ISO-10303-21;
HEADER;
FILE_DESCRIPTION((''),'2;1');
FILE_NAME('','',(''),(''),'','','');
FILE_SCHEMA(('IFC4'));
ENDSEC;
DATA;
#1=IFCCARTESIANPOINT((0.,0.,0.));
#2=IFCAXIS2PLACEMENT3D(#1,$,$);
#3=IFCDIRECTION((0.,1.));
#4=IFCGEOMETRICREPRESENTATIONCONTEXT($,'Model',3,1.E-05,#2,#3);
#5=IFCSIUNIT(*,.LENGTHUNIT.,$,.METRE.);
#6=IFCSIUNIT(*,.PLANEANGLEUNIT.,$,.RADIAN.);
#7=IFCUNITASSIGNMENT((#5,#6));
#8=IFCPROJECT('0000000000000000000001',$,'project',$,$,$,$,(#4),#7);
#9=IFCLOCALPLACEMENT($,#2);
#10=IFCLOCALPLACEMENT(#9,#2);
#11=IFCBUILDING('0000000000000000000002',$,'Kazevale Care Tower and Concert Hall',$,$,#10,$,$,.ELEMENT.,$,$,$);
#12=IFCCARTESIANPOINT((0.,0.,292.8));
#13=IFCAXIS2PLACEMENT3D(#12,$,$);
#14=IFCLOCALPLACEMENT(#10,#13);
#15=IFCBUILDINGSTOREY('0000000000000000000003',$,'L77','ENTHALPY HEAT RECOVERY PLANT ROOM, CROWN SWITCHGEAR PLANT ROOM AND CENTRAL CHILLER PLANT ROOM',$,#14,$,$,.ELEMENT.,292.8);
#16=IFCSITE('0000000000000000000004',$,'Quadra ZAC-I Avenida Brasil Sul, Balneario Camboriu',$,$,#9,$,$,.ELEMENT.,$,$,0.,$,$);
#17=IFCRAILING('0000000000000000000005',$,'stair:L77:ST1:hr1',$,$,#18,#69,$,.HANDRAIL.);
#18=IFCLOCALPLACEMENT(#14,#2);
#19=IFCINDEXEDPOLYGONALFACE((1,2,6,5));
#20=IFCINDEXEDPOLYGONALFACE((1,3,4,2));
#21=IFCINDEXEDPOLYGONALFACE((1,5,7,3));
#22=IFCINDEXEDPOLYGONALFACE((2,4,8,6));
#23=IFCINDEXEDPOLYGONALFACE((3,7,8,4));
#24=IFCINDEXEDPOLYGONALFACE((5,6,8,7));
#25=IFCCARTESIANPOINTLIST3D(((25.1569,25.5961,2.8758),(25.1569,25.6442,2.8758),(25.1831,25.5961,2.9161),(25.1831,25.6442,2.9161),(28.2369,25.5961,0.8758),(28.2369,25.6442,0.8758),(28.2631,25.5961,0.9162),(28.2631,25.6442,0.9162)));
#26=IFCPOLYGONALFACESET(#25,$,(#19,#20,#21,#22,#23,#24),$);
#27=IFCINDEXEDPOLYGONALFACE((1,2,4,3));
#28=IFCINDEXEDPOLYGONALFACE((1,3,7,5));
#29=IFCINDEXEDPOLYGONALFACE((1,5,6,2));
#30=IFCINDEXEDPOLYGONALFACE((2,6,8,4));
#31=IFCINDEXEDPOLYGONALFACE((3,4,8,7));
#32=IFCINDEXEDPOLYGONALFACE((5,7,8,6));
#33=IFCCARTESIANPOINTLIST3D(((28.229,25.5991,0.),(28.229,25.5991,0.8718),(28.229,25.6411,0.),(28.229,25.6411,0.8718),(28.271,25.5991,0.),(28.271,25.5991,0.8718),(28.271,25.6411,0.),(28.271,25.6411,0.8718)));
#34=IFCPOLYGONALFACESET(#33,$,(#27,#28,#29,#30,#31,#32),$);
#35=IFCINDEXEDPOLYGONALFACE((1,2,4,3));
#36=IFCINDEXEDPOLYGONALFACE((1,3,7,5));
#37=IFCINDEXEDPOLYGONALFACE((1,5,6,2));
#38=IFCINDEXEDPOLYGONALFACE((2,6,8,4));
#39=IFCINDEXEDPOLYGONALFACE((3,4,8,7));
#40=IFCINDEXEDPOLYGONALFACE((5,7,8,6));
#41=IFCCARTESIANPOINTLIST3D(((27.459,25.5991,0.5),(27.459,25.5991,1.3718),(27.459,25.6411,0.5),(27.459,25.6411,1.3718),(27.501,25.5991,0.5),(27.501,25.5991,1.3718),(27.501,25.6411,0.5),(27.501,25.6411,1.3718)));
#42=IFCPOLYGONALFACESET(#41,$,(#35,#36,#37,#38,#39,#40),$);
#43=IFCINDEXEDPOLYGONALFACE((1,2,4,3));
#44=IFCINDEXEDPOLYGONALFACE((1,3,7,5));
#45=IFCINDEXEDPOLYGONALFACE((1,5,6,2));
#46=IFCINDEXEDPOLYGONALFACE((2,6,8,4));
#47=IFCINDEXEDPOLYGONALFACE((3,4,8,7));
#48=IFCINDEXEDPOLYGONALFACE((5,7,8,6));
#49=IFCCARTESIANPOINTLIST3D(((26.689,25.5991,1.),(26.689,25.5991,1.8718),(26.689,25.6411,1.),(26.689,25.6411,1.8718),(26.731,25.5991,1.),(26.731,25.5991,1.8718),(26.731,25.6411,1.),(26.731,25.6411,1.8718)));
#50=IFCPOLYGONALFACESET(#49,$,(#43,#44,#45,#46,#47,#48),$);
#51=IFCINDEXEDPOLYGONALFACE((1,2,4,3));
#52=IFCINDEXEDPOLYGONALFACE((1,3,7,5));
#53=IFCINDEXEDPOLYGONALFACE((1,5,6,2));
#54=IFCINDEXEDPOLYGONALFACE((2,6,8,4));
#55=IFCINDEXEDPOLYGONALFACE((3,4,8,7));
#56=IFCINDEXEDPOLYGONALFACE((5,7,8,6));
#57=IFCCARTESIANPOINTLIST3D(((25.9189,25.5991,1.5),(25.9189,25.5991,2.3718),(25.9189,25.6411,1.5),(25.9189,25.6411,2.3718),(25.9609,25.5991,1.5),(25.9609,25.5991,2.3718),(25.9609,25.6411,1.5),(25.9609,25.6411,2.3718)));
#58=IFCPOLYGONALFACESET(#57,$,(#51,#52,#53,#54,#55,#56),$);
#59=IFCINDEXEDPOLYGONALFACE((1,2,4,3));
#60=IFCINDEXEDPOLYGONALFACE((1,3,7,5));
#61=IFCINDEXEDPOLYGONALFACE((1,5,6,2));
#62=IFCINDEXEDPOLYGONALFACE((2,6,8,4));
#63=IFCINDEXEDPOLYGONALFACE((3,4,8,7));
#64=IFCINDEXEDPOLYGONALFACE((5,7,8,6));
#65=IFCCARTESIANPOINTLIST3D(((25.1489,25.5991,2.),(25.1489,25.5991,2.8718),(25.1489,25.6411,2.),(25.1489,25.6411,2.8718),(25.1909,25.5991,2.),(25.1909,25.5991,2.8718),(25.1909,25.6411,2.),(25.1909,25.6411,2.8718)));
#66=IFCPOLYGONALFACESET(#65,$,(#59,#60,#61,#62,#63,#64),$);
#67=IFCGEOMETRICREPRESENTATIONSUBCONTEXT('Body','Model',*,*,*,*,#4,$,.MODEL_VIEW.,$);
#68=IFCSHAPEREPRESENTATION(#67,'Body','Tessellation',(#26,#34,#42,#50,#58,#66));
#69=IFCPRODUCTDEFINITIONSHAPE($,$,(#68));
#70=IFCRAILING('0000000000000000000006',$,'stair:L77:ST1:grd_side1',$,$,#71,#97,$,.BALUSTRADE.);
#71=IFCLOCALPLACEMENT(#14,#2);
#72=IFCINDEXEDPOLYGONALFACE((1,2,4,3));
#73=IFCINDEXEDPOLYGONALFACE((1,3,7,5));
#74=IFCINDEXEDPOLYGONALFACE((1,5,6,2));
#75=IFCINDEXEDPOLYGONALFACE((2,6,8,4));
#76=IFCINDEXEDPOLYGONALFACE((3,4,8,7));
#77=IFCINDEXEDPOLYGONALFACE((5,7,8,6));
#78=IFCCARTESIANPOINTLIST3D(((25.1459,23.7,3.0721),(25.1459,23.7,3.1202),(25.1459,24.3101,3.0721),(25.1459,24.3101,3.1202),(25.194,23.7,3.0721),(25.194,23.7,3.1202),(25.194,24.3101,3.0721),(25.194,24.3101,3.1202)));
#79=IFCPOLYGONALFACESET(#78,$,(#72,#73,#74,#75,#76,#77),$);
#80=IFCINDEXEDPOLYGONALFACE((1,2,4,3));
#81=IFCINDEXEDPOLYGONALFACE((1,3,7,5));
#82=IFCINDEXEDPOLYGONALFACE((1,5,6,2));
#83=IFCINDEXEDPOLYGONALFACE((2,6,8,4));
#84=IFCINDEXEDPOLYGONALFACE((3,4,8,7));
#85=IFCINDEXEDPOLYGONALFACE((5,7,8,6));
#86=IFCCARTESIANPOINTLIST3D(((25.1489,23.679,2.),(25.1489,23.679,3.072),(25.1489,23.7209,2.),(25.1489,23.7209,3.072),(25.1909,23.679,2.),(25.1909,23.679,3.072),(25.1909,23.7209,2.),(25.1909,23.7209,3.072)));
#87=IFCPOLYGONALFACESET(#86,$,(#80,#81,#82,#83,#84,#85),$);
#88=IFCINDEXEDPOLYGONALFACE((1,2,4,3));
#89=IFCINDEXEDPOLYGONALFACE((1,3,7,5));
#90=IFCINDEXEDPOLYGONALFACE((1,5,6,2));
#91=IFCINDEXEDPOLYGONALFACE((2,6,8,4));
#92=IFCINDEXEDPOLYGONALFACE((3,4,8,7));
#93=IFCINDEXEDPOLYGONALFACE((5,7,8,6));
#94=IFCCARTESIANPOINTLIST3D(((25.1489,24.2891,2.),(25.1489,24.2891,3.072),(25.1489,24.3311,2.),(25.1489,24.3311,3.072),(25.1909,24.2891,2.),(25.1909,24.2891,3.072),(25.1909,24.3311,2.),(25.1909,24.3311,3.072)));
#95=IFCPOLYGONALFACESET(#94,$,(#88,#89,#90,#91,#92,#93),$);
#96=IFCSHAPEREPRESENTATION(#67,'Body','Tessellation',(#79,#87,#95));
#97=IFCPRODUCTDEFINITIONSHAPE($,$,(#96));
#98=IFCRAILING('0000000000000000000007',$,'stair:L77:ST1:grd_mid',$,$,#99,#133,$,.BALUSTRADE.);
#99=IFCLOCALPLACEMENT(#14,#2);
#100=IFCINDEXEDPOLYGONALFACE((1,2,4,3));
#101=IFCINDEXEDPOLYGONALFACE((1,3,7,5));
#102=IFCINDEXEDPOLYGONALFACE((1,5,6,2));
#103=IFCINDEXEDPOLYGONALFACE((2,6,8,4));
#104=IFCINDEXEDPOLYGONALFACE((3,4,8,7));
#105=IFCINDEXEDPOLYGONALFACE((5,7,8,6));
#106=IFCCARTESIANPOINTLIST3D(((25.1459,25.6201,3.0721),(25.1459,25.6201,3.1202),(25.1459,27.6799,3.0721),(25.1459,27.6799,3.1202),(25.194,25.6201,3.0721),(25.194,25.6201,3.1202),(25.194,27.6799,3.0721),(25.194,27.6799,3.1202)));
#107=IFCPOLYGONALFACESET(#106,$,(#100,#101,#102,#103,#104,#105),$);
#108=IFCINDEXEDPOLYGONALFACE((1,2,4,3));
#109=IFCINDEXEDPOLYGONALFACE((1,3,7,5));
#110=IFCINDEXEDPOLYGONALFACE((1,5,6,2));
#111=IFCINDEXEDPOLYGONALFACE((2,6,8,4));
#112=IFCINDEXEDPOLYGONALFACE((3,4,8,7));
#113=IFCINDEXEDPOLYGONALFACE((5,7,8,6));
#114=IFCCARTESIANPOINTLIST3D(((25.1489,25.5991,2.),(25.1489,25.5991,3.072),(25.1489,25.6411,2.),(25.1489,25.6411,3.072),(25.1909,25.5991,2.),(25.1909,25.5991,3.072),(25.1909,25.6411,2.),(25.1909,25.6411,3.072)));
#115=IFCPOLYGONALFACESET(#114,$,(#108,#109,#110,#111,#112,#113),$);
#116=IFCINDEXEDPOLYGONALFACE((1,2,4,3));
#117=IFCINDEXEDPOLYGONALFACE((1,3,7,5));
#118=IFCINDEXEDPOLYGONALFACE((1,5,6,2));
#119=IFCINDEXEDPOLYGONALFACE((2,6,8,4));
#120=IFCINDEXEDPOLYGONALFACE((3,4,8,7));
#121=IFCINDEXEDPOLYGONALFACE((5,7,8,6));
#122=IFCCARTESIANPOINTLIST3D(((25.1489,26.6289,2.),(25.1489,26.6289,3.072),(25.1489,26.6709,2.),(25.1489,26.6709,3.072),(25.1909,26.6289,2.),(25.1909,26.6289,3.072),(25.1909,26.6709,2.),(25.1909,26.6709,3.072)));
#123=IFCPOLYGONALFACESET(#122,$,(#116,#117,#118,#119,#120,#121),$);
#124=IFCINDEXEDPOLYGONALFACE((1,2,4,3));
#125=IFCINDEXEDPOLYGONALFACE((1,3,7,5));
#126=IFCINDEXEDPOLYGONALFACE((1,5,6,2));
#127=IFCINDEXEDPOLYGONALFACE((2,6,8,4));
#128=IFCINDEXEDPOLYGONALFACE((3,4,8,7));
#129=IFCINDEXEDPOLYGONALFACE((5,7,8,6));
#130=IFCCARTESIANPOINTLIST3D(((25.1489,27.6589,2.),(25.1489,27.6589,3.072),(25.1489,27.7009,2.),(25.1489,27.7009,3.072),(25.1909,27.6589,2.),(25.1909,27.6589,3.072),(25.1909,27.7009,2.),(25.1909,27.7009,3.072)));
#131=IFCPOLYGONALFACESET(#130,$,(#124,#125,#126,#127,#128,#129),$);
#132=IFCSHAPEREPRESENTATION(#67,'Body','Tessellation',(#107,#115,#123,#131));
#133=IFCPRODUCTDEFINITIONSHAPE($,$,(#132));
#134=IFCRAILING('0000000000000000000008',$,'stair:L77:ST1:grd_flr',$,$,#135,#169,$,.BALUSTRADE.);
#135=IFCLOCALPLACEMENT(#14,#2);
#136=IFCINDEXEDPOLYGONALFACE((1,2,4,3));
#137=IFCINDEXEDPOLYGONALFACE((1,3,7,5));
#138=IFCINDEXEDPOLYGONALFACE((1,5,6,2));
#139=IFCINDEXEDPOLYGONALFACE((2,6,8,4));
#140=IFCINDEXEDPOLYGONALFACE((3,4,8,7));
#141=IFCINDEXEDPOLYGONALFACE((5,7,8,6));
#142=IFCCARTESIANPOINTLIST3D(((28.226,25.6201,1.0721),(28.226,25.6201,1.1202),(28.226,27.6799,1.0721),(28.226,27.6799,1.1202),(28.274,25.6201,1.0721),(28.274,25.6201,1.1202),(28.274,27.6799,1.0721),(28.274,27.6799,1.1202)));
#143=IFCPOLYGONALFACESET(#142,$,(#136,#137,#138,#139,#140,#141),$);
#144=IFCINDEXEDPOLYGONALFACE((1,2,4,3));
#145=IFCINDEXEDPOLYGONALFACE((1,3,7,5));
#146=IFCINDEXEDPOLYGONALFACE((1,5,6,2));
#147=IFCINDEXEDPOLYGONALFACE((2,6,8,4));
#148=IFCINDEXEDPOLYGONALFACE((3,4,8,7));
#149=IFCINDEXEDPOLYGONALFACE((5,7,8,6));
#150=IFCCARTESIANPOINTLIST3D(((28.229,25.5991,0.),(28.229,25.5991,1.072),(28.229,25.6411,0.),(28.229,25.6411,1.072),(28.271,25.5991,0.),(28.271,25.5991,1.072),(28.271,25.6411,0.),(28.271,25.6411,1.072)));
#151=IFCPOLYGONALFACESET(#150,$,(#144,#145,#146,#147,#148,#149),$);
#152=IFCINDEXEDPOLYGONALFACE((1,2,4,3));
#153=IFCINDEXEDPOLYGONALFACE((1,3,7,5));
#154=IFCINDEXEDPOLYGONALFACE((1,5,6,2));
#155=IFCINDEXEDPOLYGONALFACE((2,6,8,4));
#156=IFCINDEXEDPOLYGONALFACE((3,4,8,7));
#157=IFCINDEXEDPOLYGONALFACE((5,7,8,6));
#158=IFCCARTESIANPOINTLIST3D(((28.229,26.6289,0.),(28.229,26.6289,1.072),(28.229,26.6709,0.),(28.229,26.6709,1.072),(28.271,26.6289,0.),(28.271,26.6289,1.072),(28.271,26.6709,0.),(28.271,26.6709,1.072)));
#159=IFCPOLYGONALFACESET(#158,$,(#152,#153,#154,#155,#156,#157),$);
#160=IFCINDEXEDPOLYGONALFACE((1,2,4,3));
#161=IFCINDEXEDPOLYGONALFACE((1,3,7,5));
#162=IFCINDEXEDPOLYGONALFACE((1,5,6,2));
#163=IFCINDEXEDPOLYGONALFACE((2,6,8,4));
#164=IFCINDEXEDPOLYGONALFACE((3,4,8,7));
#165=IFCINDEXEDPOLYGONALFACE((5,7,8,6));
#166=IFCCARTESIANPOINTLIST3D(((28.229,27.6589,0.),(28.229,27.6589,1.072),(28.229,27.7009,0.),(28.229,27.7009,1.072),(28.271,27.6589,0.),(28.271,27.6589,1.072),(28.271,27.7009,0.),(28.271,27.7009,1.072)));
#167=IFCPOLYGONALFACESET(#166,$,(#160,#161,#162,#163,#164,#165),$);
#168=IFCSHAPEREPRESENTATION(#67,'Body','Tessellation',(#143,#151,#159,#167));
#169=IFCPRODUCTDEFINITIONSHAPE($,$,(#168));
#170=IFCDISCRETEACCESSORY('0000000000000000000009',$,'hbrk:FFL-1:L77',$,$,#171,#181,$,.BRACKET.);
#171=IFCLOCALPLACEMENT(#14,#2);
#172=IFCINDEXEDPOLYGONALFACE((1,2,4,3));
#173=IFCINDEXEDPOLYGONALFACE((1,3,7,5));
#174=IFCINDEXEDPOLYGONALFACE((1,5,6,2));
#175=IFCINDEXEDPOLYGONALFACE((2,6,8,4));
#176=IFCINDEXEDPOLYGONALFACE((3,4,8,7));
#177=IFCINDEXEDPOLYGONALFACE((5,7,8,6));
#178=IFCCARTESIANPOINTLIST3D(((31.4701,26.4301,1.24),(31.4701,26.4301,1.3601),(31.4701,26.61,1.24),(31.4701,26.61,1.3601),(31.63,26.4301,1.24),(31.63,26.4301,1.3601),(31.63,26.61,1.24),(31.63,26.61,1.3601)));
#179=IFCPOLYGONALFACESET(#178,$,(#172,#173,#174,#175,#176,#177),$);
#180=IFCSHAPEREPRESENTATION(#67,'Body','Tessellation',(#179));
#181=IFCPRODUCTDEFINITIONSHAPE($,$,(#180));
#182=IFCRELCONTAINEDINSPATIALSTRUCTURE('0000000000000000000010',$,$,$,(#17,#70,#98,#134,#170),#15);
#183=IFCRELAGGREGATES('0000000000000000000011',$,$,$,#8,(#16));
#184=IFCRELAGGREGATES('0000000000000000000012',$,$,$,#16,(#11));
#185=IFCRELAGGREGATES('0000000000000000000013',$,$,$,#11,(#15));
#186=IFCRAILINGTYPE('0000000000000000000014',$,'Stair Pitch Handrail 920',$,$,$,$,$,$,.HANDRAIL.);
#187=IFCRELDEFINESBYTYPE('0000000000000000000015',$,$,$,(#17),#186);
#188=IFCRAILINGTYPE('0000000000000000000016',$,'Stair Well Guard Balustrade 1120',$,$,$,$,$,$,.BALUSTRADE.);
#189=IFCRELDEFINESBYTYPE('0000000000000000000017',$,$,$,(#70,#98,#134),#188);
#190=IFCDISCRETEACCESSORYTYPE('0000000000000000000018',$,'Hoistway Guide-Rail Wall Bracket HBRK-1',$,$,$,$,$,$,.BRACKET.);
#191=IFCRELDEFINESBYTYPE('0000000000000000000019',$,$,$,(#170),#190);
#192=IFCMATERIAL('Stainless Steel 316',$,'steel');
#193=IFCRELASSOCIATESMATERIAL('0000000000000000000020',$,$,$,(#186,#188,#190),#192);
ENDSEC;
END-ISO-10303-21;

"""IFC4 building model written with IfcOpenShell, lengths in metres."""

from ifc_helpers import new_model, si_unit, direction, frame, origin, origin_2d, place, context, subcontext, project, spatial, rectangle, extrude, material, type_object, element, save


model = new_model("IFC4")

# Units and contexts
model_context = context("Model", 3, precision=1e-05, world=origin(), true_north=direction((0.0, 1.0)))
body_context = subcontext(model_context, "Body", "Model", "MODEL_VIEW")
ifc_project = project(units=[si_unit("LENGTHUNIT", "METRE"), si_unit("PLANEANGLEUNIT", "RADIAN")], contexts=[model_context])

# Site, building, storey
site_placement = place(None, origin())
site = spatial("IfcSite", under=ifc_project, at=site_placement, Name="Quadra ZAC-I Avenida Brasil Sul, Balneario Camboriu", CompositionType="ELEMENT", RefElevation=0.0)
building_placement = place(site_placement, origin())
building = spatial("IfcBuilding", under=site, at=building_placement, Name="Kazevale Care Tower and Concert Hall", CompositionType="ELEMENT")
storey_placement = place(building_placement, frame((0.0, 0.0, 292.8)))
storey = spatial("IfcBuildingStorey", under=building, at=storey_placement, Name="L77", Description="ENTHALPY HEAT RECOVERY PLANT ROOM, CROWN SWITCHGEAR PLANT ROOM AND CENTRAL CHILLER PLANT ROOM", CompositionType="ELEMENT", Elevation=292.8)

# Shared definitions
ifc_material_1 = material(Name="Stainless Steel 316", Category="steel")

# Railings
railing_type_1 = type_object("IfcRailingType", Name="Stair Pitch Handrail 920", PredefinedType="HANDRAIL", material=ifc_material_1)
railing_1_placement = place(storey_placement, frame((28.25, 25.6201, 0.0)))
element("IfcRailing", 1, at=railing_1_placement, inside=storey, type_object=railing_type_1, Name="stair:L77:ST1:hr1", PredefinedType="HANDRAIL", context=body_context, shape_type="SweptSolid", body=[
    extrude(rectangle(XDim=0.0481, YDim=0.0481, at=origin_2d()), frame((0.0, 0.0, 0.896), z_axis=(-0.838699, 0.0, 0.544596), x_axis=(0.0, -1.0, 0.0)), (0.0, 0.0, 1.0), 3.6724),
    extrude(rectangle(XDim=0.042, YDim=0.042, at=origin_2d()), origin(), (0.0, 0.0, 1.0), 0.8718),
    extrude(rectangle(XDim=0.042, YDim=0.042, at=origin_2d()), frame((-0.77, 0.0, 0.5)), (0.0, 0.0, 1.0), 0.8718),
    extrude(rectangle(XDim=0.042, YDim=0.042, at=origin_2d()), frame((-1.54, 0.0, 1.0)), (0.0, 0.0, 1.0), 0.8718),
    extrude(rectangle(XDim=0.042, YDim=0.042, at=origin_2d()), frame((-2.3101, 0.0, 1.5)), (0.0, 0.0, 1.0), 0.8718),
    extrude(rectangle(XDim=0.042, YDim=0.042, at=origin_2d()), frame((-3.0801, 0.0, 2.0)), (0.0, 0.0, 1.0), 0.8718),
])
railing_type_2 = type_object("IfcRailingType", Name="Stair Well Guard Balustrade 1120", PredefinedType="BALUSTRADE", material=ifc_material_1)
railing_2_placement = place(storey_placement, frame((25.1699, 23.7, 2.0)))
element("IfcRailing", 2, at=railing_2_placement, inside=storey, type_object=railing_type_2, Name="stair:L77:ST1:grd_side1", PredefinedType="BALUSTRADE", context=body_context, shape_type="SweptSolid", body=[
    extrude(rectangle(XDim=0.0481, YDim=0.0481, at=origin_2d()), frame((0.0, 0.0, 1.0962), z_axis=(0.0, 1.0, 0.0), x_axis=(-1.0, 0.0, 0.0)), (0.0, 0.0, 1.0), 0.6101),
    extrude(rectangle(XDim=0.042, YDim=0.042, at=origin_2d()), origin(), (0.0, 0.0, 1.0), 1.072),
    extrude(rectangle(XDim=0.042, YDim=0.042, at=origin_2d()), frame((0.0, 0.6101, 0.0)), (0.0, 0.0, 1.0), 1.072),
])
for number, where, name in (
    (3, (25.1699, 25.6201, 2.0), "stair:L77:ST1:grd_mid"),
    (4, (28.25, 25.6201, 0.0), "stair:L77:ST1:grd_flr"),
):
    element("IfcRailing", number, at=place(storey_placement, frame(where)), inside=storey, type_object=railing_type_2, Name=name, PredefinedType="BALUSTRADE", context=body_context, shape_type="SweptSolid", body=[
        extrude(rectangle(XDim=0.0481, YDim=0.0481, at=origin_2d()), frame((0.0, 0.0, 1.0962), z_axis=(0.0, 1.0, 0.0), x_axis=(-1.0, 0.0, 0.0)), (0.0, 0.0, 1.0), 2.0598),
        extrude(rectangle(XDim=0.042, YDim=0.042, at=origin_2d()), origin(), (0.0, 0.0, 1.0), 1.072),
        extrude(rectangle(XDim=0.042, YDim=0.042, at=origin_2d()), frame((0.0, 1.0298, 0.0)), (0.0, 0.0, 1.0), 1.072),
        extrude(rectangle(XDim=0.042, YDim=0.042, at=origin_2d()), frame((0.0, 2.0598, 0.0)), (0.0, 0.0, 1.0), 1.072),
    ])

# Discrete accessory
discrete_accessory_type = type_object("IfcDiscreteAccessoryType", Name="Hoistway Guide-Rail Wall Bracket HBRK-1", PredefinedType="BRACKET", material=ifc_material_1)
discrete_accessory_placement = place(storey_placement, frame((31.55, 26.52, 1.24), z_axis=(0.0, 0.0, 1.0), x_axis=(1.0, 0.0, 0.0)))
element("IfcDiscreteAccessory", 5, at=discrete_accessory_placement, inside=storey, type_object=discrete_accessory_type, Name="hbrk:FFL-1:L77", PredefinedType="BRACKET", context=body_context, shape_type="SweptSolid", body=[
    extrude(rectangle(XDim=0.1599, YDim=0.1799, at=origin_2d()), origin(), (0.0, 0.0, 1.0), 0.1201),
])

save(model, "model.ifc")
